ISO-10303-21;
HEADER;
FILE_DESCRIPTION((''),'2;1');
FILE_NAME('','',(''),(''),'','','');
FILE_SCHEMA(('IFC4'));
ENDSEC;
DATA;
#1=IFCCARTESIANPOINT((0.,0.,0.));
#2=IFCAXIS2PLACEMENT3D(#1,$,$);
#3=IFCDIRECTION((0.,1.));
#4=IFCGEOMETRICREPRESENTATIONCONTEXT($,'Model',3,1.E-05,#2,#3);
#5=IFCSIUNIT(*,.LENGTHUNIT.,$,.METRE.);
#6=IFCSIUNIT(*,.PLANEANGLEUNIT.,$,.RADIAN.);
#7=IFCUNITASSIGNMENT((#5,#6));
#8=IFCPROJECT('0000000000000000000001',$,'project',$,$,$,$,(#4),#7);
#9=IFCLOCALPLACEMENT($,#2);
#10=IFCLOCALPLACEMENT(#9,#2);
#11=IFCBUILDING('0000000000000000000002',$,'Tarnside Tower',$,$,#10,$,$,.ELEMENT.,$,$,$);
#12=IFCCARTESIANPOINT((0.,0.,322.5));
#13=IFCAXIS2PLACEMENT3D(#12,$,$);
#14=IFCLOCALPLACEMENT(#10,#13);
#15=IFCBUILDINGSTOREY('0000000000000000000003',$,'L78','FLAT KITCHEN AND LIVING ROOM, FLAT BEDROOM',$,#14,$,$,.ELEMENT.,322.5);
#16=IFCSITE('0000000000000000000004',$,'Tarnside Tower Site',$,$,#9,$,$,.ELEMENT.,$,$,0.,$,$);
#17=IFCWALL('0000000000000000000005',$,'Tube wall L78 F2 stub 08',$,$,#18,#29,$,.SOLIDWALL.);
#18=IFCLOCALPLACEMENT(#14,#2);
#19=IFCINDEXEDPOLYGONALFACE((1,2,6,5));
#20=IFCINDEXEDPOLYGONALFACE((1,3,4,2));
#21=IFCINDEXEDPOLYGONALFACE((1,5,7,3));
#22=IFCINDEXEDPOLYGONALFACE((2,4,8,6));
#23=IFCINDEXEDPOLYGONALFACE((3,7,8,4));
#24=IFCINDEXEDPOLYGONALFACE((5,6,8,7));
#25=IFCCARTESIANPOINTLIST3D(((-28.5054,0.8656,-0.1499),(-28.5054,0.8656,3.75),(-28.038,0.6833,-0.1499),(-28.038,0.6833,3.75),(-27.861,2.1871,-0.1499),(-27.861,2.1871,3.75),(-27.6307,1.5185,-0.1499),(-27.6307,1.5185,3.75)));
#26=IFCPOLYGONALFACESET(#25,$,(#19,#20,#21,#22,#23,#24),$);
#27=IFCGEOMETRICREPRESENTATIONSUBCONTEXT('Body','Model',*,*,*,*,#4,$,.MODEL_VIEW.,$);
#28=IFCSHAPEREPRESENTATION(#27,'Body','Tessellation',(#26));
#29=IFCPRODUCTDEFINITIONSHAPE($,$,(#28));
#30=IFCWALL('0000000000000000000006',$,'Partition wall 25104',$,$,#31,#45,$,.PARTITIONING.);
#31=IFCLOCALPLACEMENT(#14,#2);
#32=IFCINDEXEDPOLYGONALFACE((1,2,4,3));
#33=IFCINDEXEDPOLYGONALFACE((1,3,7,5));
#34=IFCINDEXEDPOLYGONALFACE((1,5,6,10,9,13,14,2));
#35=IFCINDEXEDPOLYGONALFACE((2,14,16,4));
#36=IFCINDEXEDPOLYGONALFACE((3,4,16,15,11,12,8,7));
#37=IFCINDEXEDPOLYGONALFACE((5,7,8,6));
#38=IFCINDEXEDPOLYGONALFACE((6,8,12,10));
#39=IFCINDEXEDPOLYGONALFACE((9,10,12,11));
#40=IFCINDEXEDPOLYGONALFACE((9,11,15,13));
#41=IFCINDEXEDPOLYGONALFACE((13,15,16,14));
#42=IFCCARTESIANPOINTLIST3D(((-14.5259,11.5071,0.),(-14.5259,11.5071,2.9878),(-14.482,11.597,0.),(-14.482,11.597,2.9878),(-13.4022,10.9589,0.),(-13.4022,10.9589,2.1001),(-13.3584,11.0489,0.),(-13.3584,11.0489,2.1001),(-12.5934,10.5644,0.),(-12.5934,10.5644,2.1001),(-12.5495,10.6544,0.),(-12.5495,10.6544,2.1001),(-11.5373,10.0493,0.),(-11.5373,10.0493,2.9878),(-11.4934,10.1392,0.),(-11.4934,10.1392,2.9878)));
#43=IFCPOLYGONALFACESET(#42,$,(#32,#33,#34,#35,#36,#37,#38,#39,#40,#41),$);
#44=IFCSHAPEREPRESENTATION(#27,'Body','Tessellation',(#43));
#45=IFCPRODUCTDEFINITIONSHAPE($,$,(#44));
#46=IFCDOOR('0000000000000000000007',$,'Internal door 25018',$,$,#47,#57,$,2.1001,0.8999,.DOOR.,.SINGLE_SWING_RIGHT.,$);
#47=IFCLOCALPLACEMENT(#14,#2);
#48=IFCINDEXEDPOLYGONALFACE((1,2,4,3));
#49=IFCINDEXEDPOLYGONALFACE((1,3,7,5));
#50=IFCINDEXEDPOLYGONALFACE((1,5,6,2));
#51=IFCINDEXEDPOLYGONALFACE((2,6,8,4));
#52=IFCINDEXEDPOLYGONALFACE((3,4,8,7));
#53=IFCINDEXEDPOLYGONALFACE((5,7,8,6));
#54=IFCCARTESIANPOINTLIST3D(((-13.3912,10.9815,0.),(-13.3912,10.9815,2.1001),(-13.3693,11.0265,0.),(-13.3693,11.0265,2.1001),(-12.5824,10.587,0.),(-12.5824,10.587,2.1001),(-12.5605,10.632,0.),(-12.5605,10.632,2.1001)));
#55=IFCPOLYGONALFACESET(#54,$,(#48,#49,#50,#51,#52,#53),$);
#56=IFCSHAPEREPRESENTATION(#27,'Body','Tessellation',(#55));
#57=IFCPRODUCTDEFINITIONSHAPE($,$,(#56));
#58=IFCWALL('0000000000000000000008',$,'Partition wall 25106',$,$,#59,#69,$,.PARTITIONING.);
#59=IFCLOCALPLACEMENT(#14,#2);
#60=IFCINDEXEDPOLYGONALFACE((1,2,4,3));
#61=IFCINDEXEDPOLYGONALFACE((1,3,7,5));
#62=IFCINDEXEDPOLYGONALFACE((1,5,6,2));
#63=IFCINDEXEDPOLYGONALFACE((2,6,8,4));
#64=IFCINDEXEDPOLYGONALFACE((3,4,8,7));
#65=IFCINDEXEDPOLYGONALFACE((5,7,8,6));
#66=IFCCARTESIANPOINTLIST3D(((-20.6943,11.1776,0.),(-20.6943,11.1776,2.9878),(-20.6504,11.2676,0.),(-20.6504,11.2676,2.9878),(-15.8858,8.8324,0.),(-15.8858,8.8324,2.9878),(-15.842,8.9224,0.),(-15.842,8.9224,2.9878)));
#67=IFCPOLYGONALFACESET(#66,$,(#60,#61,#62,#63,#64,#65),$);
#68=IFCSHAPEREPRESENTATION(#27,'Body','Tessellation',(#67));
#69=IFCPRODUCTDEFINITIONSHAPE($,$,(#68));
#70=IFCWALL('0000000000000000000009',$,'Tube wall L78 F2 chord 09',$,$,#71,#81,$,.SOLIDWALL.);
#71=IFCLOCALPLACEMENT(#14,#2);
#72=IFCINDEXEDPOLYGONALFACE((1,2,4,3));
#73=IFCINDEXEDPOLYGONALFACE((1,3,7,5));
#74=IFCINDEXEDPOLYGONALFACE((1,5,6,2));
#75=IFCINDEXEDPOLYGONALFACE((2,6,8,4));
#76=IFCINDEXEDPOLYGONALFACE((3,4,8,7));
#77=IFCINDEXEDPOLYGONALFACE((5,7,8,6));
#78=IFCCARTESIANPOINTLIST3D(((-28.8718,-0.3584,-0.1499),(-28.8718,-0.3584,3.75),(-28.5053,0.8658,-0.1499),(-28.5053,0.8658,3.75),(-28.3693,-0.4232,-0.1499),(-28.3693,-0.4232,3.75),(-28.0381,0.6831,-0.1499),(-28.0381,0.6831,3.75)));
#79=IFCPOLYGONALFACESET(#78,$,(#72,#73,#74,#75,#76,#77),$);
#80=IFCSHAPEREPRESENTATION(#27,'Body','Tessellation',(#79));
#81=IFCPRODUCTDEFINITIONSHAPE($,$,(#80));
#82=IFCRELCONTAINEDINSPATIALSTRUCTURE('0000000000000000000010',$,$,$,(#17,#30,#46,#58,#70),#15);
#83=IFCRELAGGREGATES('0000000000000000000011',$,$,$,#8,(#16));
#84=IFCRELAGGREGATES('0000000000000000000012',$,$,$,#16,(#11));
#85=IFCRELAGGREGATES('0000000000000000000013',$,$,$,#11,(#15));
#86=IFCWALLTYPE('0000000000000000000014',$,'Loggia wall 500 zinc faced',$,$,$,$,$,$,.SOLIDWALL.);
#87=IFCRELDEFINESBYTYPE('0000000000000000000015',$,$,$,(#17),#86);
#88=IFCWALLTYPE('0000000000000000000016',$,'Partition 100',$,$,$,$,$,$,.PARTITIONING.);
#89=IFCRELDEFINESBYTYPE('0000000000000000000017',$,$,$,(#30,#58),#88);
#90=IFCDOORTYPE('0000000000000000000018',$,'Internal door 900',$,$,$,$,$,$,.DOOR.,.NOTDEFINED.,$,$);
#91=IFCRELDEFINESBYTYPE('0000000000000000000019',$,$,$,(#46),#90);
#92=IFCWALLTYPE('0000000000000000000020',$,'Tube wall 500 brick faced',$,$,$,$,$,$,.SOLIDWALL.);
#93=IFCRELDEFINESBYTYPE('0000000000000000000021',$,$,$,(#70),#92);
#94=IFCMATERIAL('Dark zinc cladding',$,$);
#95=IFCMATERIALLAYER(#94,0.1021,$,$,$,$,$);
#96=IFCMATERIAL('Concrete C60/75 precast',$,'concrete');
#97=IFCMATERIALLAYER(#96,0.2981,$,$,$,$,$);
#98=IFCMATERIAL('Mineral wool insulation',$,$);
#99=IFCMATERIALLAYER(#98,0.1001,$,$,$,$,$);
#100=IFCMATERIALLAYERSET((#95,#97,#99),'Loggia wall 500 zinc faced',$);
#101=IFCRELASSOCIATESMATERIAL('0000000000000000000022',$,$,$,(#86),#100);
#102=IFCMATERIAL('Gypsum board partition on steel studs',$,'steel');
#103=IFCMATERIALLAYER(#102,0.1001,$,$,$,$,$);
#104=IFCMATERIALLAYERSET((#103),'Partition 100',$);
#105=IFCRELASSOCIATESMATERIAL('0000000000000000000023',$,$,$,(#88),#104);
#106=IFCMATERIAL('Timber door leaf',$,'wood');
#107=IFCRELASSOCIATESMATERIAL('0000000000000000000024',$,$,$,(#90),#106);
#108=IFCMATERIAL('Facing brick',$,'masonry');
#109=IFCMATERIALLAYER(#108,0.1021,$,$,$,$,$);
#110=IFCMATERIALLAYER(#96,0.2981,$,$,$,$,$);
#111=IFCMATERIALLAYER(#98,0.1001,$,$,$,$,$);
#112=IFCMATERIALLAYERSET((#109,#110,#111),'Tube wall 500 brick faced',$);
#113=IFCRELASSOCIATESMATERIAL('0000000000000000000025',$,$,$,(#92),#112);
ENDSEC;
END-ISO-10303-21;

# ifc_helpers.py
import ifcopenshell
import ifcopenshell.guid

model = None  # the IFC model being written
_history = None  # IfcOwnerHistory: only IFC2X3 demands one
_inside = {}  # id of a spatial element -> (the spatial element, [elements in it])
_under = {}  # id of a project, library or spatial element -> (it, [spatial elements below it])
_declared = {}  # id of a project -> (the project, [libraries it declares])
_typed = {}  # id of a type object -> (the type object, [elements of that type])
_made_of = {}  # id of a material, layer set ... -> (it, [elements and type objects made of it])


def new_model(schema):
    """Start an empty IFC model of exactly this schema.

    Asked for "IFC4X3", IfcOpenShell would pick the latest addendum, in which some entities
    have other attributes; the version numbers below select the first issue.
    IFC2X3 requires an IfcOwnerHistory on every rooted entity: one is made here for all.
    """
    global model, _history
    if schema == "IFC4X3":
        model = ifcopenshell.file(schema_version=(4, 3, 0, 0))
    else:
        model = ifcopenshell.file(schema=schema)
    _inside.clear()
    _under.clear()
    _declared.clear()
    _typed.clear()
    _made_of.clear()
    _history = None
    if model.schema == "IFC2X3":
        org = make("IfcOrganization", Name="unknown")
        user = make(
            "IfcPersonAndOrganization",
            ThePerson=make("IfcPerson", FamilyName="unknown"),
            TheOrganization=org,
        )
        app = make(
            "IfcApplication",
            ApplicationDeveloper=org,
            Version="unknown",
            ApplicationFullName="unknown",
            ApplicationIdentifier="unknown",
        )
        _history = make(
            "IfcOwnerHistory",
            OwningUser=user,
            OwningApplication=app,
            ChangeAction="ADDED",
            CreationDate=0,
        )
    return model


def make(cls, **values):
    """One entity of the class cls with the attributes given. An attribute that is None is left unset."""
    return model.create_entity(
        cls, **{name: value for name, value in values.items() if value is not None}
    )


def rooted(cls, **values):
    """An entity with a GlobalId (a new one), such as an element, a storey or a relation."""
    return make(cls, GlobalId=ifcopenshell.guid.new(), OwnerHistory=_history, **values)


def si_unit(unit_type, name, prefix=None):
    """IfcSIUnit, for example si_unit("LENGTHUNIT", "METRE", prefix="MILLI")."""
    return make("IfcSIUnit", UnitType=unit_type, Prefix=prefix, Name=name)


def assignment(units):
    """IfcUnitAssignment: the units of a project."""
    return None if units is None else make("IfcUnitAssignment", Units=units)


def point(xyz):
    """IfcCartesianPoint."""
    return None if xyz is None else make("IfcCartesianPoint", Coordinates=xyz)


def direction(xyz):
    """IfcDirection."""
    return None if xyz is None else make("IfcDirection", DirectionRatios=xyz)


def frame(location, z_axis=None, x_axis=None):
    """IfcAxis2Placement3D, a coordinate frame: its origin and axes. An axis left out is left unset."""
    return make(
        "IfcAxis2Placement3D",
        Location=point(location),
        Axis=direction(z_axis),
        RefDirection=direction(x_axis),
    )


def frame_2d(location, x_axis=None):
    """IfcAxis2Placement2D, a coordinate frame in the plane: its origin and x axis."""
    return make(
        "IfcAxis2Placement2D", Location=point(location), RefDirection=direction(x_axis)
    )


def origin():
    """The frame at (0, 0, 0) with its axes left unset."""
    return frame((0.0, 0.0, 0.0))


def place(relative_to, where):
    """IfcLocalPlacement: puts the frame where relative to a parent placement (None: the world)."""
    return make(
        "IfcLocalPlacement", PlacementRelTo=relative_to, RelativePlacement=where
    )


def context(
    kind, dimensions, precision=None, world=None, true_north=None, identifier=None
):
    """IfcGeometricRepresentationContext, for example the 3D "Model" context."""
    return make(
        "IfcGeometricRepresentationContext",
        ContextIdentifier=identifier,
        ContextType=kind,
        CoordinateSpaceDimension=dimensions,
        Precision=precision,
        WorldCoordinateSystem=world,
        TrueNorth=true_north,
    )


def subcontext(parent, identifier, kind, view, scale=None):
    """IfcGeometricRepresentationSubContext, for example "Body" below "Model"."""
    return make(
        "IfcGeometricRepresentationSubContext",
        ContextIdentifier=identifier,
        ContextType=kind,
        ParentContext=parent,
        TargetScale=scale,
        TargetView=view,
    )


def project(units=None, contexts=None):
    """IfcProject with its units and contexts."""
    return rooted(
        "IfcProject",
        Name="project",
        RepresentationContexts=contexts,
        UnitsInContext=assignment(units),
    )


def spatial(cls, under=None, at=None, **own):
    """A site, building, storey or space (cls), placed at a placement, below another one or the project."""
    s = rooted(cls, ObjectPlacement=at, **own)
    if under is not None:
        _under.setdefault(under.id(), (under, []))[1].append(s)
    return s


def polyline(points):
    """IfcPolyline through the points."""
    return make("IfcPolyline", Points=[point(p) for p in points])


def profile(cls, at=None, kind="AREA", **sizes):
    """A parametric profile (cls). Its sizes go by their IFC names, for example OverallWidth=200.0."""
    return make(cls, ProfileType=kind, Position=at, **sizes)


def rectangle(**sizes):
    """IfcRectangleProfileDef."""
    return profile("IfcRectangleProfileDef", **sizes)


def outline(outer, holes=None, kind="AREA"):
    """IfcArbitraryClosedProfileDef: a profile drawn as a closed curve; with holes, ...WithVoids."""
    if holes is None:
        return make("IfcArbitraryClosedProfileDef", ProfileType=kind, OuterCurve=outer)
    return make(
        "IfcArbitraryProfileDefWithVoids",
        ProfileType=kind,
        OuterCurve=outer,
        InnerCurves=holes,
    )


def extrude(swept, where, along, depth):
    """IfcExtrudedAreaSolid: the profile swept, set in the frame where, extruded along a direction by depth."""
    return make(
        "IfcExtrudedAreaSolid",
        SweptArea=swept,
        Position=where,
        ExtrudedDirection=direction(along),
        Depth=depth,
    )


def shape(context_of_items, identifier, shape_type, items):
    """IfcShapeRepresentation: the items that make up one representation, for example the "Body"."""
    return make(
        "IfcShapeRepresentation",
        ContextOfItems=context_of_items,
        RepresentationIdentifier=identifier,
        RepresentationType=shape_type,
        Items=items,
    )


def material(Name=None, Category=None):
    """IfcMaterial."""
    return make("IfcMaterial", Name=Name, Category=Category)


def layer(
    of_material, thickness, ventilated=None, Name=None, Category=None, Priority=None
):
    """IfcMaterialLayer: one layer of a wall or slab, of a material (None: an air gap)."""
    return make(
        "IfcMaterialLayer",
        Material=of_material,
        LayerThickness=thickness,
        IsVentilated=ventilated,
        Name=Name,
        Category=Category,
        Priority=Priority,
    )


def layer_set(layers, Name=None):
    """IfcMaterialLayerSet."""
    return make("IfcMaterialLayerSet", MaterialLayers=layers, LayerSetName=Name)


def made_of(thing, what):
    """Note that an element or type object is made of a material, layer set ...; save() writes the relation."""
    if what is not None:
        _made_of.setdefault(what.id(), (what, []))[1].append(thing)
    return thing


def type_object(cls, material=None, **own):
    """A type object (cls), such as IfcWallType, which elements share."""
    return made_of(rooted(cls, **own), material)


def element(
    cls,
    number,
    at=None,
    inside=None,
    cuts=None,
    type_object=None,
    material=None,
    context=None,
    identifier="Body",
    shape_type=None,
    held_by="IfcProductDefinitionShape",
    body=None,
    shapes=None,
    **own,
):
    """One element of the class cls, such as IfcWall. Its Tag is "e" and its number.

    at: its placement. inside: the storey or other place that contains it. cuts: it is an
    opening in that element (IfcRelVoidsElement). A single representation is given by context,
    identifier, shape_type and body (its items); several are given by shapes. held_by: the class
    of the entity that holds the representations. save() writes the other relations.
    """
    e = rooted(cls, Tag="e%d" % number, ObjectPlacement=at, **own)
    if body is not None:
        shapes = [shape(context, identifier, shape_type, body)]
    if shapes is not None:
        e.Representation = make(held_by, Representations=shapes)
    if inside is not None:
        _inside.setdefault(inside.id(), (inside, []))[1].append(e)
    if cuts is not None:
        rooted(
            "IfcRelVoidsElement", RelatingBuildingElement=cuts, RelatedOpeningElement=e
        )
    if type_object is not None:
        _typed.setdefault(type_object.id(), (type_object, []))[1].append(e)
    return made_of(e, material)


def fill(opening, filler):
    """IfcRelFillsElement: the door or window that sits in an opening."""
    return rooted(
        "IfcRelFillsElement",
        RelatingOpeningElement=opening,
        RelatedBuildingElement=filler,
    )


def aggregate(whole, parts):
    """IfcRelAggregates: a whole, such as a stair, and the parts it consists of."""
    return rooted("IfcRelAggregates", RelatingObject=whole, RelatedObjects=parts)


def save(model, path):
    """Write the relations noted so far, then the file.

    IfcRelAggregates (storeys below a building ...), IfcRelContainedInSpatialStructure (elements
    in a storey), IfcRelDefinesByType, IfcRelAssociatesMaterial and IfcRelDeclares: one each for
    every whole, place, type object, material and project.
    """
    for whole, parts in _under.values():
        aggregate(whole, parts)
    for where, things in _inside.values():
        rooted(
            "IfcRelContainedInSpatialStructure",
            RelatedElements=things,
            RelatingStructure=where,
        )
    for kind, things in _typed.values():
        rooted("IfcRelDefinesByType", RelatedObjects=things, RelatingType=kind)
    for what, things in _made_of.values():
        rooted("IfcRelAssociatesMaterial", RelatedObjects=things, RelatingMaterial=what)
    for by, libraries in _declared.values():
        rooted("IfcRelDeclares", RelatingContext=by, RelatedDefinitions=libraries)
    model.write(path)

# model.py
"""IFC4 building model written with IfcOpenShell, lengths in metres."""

from ifc_helpers import new_model, si_unit, direction, frame, frame_2d, origin, place, context, subcontext, project, spatial, polyline, rectangle, outline, extrude, material, layer, layer_set, type_object, element, fill, save


model = new_model("IFC4")

# Units and contexts
model_context = context("Model", 3, precision=1e-05, world=origin(), true_north=direction((0.0, 1.0)))
body_context = subcontext(model_context, "Body", "Model", "MODEL_VIEW")
ifc_project = project(units=[si_unit("LENGTHUNIT", "METRE"), si_unit("PLANEANGLEUNIT", "RADIAN")], contexts=[model_context])

# Site, building, storey
site_placement = place(None, origin())
site = spatial("IfcSite", under=ifc_project, at=site_placement, Name="Tarnside Tower Site", CompositionType="ELEMENT", RefElevation=0.0)
building_placement = place(site_placement, origin())
building = spatial("IfcBuilding", under=site, at=building_placement, Name="Tarnside Tower", CompositionType="ELEMENT")
storey_placement = place(building_placement, frame((0.0, 0.0, 322.5)))
storey = spatial("IfcBuildingStorey", under=building, at=storey_placement, Name="L78", Description="FLAT KITCHEN AND LIVING ROOM, FLAT BEDROOM", CompositionType="ELEMENT", Elevation=322.5)

# Shared definitions
ifc_material_1 = material(Name="Gypsum board partition on steel studs", Category="steel")
ifc_material_2 = material(Name="Timber door leaf", Category="wood")

# Wall
ifc_material_3 = material(Name="Dark zinc cladding")
ifc_layer_1 = layer(ifc_material_3, 0.1021)
ifc_material_4 = material(Name="Concrete C60/75 precast", Category="concrete")
ifc_layer_2 = layer(ifc_material_4, 0.2981)
ifc_material_5 = material(Name="Mineral wool insulation")
ifc_layer_3 = layer(ifc_material_5, 0.1001)
ifc_layer_set_1 = layer_set([ifc_layer_1, ifc_layer_2, ifc_layer_3], Name="Loggia wall 500 zinc faced")
wall_type_1 = type_object("IfcWallType", Name="Loggia wall 500 zinc faced", PredefinedType="SOLIDWALL", material=ifc_layer_set_1)
wall_1_placement = place(storey_placement, frame((-27.7458, 1.8528, -0.1499), z_axis=(0.0, 0.0, 1.0), x_axis=(-0.438319, -0.898819, 0.0)))
element("IfcWall", 1, at=wall_1_placement, inside=storey, type_object=wall_type_1, Name="Tube wall L78 F2 stub 08", PredefinedType="SOLIDWALL", context=body_context, shape_type="SweptSolid", body=[
    extrude(outline(polyline([(-0.25, -0.25), (1.2202, -0.25), (1.1792, 0.25), (0.25, 0.25), (-0.25, -0.25)])), origin(), (0.0, 0.0, 1.0), 3.8999),
])

# Wall, opening, door
ifc_layer_4 = layer(ifc_material_1, 0.1001)
ifc_layer_set_2 = layer_set([ifc_layer_4], Name="Partition 100")
wall_type_2 = type_object("IfcWallType", Name="Partition 100", PredefinedType="PARTITIONING", material=ifc_layer_set_2)
wall_2_placement = place(storey_placement, frame((-11.5154, 10.0942, 0.0), z_axis=(0.0, 0.0, 1.0), x_axis=(-0.898775, 0.438411, 0.0)))
wall_2 = element("IfcWall", 2, at=wall_2_placement, inside=storey, type_object=wall_type_2, Name="Partition wall 25104", PredefinedType="PARTITIONING", context=body_context, shape_type="SweptSolid", body=[
    extrude(rectangle(XDim=3.3252, YDim=0.1001, at=frame_2d((1.6626, 0.0))), origin(), (0.0, 0.0, 1.0), 2.9878),
])
opening_1_placement = place(wall_2_placement, frame((1.175, 0.0, 0.0)))
opening_1 = element("IfcOpeningElement", 3, at=opening_1_placement, cuts=wall_2, PredefinedType="OPENING", context=body_context, shape_type="SweptSolid", body=[
    extrude(rectangle(XDim=0.8999, YDim=2.1001, at=frame_2d((0.45, 1.05))), frame((0.0, 0.0601, 0.0), z_axis=(0.0, -1.0, 0.0), x_axis=(1.0, 0.0, 0.0)), (0.0, 0.0, 1.0), 0.1201),
])
door_type_1 = type_object("IfcDoorType", Name="Internal door 900", OperationType="NOTDEFINED", PredefinedType="DOOR", material=ifc_material_2)
door_1_placement = place(opening_1_placement, origin())
door_1 = element("IfcDoor", 4, at=door_1_placement, inside=storey, type_object=door_type_1, Name="Internal door 25018", OperationType="SINGLE_SWING_RIGHT", OverallHeight=2.1001, OverallWidth=0.8999, PredefinedType="DOOR", context=body_context, shape_type="SweptSolid", body=[
    extrude(rectangle(XDim=0.8999, YDim=2.1001, at=frame_2d((0.45, 1.05))), frame((0.0, 0.0249, 0.0), z_axis=(0.0, -1.0, 0.0), x_axis=(1.0, 0.0, 0.0)), (0.0, 0.0, 1.0), 0.05),
])
fill(opening_1, door_1)

# Walls
wall_3_placement = place(storey_placement, frame((-15.864, 8.8774, 0.0), z_axis=(0.0, 0.0, 1.0), x_axis=(-0.898792, 0.438375, 0.0)))
element("IfcWall", 5, at=wall_3_placement, inside=storey, type_object=wall_type_2, Name="Partition wall 25106", PredefinedType="PARTITIONING", context=body_context, shape_type="SweptSolid", body=[
    extrude(rectangle(XDim=5.3499, YDim=0.1001, at=frame_2d((2.6748, 0.0))), origin(), (0.0, 0.0, 1.0), 2.9878),
])
ifc_material_6 = material(Name="Facing brick", Category="masonry")
ifc_layer_5 = layer(ifc_material_6, 0.1021)
ifc_layer_6 = layer(ifc_material_4, 0.2981)
ifc_layer_7 = layer(ifc_material_5, 0.1001)
ifc_layer_set_3 = layer_set([ifc_layer_5, ifc_layer_6, ifc_layer_7], Name="Tube wall 500 brick faced")
wall_type_3 = type_object("IfcWallType", Name="Tube wall 500 brick faced", PredefinedType="SOLIDWALL", material=ifc_layer_set_3)
wall_4_placement = place(storey_placement, frame((-28.2717, 0.7744, -0.1499), z_axis=(0.0, 0.0, 1.0), x_axis=(-0.286814, -0.957986, 0.0)))
element("IfcWall", 6, at=wall_4_placement, inside=storey, type_object=wall_type_3, Name="Tube wall L78 F2 chord 09", PredefinedType="SOLIDWALL", context=body_context, shape_type="SweptSolid", body=[
    extrude(outline(polyline([(-0.0205, -0.25), (1.2573, -0.25), (1.1753, 0.25), (0.0205, 0.25), (-0.0205, -0.25)])), origin(), (0.0, 0.0, 1.0), 3.8999),
])

save(model, "model.ifc")
